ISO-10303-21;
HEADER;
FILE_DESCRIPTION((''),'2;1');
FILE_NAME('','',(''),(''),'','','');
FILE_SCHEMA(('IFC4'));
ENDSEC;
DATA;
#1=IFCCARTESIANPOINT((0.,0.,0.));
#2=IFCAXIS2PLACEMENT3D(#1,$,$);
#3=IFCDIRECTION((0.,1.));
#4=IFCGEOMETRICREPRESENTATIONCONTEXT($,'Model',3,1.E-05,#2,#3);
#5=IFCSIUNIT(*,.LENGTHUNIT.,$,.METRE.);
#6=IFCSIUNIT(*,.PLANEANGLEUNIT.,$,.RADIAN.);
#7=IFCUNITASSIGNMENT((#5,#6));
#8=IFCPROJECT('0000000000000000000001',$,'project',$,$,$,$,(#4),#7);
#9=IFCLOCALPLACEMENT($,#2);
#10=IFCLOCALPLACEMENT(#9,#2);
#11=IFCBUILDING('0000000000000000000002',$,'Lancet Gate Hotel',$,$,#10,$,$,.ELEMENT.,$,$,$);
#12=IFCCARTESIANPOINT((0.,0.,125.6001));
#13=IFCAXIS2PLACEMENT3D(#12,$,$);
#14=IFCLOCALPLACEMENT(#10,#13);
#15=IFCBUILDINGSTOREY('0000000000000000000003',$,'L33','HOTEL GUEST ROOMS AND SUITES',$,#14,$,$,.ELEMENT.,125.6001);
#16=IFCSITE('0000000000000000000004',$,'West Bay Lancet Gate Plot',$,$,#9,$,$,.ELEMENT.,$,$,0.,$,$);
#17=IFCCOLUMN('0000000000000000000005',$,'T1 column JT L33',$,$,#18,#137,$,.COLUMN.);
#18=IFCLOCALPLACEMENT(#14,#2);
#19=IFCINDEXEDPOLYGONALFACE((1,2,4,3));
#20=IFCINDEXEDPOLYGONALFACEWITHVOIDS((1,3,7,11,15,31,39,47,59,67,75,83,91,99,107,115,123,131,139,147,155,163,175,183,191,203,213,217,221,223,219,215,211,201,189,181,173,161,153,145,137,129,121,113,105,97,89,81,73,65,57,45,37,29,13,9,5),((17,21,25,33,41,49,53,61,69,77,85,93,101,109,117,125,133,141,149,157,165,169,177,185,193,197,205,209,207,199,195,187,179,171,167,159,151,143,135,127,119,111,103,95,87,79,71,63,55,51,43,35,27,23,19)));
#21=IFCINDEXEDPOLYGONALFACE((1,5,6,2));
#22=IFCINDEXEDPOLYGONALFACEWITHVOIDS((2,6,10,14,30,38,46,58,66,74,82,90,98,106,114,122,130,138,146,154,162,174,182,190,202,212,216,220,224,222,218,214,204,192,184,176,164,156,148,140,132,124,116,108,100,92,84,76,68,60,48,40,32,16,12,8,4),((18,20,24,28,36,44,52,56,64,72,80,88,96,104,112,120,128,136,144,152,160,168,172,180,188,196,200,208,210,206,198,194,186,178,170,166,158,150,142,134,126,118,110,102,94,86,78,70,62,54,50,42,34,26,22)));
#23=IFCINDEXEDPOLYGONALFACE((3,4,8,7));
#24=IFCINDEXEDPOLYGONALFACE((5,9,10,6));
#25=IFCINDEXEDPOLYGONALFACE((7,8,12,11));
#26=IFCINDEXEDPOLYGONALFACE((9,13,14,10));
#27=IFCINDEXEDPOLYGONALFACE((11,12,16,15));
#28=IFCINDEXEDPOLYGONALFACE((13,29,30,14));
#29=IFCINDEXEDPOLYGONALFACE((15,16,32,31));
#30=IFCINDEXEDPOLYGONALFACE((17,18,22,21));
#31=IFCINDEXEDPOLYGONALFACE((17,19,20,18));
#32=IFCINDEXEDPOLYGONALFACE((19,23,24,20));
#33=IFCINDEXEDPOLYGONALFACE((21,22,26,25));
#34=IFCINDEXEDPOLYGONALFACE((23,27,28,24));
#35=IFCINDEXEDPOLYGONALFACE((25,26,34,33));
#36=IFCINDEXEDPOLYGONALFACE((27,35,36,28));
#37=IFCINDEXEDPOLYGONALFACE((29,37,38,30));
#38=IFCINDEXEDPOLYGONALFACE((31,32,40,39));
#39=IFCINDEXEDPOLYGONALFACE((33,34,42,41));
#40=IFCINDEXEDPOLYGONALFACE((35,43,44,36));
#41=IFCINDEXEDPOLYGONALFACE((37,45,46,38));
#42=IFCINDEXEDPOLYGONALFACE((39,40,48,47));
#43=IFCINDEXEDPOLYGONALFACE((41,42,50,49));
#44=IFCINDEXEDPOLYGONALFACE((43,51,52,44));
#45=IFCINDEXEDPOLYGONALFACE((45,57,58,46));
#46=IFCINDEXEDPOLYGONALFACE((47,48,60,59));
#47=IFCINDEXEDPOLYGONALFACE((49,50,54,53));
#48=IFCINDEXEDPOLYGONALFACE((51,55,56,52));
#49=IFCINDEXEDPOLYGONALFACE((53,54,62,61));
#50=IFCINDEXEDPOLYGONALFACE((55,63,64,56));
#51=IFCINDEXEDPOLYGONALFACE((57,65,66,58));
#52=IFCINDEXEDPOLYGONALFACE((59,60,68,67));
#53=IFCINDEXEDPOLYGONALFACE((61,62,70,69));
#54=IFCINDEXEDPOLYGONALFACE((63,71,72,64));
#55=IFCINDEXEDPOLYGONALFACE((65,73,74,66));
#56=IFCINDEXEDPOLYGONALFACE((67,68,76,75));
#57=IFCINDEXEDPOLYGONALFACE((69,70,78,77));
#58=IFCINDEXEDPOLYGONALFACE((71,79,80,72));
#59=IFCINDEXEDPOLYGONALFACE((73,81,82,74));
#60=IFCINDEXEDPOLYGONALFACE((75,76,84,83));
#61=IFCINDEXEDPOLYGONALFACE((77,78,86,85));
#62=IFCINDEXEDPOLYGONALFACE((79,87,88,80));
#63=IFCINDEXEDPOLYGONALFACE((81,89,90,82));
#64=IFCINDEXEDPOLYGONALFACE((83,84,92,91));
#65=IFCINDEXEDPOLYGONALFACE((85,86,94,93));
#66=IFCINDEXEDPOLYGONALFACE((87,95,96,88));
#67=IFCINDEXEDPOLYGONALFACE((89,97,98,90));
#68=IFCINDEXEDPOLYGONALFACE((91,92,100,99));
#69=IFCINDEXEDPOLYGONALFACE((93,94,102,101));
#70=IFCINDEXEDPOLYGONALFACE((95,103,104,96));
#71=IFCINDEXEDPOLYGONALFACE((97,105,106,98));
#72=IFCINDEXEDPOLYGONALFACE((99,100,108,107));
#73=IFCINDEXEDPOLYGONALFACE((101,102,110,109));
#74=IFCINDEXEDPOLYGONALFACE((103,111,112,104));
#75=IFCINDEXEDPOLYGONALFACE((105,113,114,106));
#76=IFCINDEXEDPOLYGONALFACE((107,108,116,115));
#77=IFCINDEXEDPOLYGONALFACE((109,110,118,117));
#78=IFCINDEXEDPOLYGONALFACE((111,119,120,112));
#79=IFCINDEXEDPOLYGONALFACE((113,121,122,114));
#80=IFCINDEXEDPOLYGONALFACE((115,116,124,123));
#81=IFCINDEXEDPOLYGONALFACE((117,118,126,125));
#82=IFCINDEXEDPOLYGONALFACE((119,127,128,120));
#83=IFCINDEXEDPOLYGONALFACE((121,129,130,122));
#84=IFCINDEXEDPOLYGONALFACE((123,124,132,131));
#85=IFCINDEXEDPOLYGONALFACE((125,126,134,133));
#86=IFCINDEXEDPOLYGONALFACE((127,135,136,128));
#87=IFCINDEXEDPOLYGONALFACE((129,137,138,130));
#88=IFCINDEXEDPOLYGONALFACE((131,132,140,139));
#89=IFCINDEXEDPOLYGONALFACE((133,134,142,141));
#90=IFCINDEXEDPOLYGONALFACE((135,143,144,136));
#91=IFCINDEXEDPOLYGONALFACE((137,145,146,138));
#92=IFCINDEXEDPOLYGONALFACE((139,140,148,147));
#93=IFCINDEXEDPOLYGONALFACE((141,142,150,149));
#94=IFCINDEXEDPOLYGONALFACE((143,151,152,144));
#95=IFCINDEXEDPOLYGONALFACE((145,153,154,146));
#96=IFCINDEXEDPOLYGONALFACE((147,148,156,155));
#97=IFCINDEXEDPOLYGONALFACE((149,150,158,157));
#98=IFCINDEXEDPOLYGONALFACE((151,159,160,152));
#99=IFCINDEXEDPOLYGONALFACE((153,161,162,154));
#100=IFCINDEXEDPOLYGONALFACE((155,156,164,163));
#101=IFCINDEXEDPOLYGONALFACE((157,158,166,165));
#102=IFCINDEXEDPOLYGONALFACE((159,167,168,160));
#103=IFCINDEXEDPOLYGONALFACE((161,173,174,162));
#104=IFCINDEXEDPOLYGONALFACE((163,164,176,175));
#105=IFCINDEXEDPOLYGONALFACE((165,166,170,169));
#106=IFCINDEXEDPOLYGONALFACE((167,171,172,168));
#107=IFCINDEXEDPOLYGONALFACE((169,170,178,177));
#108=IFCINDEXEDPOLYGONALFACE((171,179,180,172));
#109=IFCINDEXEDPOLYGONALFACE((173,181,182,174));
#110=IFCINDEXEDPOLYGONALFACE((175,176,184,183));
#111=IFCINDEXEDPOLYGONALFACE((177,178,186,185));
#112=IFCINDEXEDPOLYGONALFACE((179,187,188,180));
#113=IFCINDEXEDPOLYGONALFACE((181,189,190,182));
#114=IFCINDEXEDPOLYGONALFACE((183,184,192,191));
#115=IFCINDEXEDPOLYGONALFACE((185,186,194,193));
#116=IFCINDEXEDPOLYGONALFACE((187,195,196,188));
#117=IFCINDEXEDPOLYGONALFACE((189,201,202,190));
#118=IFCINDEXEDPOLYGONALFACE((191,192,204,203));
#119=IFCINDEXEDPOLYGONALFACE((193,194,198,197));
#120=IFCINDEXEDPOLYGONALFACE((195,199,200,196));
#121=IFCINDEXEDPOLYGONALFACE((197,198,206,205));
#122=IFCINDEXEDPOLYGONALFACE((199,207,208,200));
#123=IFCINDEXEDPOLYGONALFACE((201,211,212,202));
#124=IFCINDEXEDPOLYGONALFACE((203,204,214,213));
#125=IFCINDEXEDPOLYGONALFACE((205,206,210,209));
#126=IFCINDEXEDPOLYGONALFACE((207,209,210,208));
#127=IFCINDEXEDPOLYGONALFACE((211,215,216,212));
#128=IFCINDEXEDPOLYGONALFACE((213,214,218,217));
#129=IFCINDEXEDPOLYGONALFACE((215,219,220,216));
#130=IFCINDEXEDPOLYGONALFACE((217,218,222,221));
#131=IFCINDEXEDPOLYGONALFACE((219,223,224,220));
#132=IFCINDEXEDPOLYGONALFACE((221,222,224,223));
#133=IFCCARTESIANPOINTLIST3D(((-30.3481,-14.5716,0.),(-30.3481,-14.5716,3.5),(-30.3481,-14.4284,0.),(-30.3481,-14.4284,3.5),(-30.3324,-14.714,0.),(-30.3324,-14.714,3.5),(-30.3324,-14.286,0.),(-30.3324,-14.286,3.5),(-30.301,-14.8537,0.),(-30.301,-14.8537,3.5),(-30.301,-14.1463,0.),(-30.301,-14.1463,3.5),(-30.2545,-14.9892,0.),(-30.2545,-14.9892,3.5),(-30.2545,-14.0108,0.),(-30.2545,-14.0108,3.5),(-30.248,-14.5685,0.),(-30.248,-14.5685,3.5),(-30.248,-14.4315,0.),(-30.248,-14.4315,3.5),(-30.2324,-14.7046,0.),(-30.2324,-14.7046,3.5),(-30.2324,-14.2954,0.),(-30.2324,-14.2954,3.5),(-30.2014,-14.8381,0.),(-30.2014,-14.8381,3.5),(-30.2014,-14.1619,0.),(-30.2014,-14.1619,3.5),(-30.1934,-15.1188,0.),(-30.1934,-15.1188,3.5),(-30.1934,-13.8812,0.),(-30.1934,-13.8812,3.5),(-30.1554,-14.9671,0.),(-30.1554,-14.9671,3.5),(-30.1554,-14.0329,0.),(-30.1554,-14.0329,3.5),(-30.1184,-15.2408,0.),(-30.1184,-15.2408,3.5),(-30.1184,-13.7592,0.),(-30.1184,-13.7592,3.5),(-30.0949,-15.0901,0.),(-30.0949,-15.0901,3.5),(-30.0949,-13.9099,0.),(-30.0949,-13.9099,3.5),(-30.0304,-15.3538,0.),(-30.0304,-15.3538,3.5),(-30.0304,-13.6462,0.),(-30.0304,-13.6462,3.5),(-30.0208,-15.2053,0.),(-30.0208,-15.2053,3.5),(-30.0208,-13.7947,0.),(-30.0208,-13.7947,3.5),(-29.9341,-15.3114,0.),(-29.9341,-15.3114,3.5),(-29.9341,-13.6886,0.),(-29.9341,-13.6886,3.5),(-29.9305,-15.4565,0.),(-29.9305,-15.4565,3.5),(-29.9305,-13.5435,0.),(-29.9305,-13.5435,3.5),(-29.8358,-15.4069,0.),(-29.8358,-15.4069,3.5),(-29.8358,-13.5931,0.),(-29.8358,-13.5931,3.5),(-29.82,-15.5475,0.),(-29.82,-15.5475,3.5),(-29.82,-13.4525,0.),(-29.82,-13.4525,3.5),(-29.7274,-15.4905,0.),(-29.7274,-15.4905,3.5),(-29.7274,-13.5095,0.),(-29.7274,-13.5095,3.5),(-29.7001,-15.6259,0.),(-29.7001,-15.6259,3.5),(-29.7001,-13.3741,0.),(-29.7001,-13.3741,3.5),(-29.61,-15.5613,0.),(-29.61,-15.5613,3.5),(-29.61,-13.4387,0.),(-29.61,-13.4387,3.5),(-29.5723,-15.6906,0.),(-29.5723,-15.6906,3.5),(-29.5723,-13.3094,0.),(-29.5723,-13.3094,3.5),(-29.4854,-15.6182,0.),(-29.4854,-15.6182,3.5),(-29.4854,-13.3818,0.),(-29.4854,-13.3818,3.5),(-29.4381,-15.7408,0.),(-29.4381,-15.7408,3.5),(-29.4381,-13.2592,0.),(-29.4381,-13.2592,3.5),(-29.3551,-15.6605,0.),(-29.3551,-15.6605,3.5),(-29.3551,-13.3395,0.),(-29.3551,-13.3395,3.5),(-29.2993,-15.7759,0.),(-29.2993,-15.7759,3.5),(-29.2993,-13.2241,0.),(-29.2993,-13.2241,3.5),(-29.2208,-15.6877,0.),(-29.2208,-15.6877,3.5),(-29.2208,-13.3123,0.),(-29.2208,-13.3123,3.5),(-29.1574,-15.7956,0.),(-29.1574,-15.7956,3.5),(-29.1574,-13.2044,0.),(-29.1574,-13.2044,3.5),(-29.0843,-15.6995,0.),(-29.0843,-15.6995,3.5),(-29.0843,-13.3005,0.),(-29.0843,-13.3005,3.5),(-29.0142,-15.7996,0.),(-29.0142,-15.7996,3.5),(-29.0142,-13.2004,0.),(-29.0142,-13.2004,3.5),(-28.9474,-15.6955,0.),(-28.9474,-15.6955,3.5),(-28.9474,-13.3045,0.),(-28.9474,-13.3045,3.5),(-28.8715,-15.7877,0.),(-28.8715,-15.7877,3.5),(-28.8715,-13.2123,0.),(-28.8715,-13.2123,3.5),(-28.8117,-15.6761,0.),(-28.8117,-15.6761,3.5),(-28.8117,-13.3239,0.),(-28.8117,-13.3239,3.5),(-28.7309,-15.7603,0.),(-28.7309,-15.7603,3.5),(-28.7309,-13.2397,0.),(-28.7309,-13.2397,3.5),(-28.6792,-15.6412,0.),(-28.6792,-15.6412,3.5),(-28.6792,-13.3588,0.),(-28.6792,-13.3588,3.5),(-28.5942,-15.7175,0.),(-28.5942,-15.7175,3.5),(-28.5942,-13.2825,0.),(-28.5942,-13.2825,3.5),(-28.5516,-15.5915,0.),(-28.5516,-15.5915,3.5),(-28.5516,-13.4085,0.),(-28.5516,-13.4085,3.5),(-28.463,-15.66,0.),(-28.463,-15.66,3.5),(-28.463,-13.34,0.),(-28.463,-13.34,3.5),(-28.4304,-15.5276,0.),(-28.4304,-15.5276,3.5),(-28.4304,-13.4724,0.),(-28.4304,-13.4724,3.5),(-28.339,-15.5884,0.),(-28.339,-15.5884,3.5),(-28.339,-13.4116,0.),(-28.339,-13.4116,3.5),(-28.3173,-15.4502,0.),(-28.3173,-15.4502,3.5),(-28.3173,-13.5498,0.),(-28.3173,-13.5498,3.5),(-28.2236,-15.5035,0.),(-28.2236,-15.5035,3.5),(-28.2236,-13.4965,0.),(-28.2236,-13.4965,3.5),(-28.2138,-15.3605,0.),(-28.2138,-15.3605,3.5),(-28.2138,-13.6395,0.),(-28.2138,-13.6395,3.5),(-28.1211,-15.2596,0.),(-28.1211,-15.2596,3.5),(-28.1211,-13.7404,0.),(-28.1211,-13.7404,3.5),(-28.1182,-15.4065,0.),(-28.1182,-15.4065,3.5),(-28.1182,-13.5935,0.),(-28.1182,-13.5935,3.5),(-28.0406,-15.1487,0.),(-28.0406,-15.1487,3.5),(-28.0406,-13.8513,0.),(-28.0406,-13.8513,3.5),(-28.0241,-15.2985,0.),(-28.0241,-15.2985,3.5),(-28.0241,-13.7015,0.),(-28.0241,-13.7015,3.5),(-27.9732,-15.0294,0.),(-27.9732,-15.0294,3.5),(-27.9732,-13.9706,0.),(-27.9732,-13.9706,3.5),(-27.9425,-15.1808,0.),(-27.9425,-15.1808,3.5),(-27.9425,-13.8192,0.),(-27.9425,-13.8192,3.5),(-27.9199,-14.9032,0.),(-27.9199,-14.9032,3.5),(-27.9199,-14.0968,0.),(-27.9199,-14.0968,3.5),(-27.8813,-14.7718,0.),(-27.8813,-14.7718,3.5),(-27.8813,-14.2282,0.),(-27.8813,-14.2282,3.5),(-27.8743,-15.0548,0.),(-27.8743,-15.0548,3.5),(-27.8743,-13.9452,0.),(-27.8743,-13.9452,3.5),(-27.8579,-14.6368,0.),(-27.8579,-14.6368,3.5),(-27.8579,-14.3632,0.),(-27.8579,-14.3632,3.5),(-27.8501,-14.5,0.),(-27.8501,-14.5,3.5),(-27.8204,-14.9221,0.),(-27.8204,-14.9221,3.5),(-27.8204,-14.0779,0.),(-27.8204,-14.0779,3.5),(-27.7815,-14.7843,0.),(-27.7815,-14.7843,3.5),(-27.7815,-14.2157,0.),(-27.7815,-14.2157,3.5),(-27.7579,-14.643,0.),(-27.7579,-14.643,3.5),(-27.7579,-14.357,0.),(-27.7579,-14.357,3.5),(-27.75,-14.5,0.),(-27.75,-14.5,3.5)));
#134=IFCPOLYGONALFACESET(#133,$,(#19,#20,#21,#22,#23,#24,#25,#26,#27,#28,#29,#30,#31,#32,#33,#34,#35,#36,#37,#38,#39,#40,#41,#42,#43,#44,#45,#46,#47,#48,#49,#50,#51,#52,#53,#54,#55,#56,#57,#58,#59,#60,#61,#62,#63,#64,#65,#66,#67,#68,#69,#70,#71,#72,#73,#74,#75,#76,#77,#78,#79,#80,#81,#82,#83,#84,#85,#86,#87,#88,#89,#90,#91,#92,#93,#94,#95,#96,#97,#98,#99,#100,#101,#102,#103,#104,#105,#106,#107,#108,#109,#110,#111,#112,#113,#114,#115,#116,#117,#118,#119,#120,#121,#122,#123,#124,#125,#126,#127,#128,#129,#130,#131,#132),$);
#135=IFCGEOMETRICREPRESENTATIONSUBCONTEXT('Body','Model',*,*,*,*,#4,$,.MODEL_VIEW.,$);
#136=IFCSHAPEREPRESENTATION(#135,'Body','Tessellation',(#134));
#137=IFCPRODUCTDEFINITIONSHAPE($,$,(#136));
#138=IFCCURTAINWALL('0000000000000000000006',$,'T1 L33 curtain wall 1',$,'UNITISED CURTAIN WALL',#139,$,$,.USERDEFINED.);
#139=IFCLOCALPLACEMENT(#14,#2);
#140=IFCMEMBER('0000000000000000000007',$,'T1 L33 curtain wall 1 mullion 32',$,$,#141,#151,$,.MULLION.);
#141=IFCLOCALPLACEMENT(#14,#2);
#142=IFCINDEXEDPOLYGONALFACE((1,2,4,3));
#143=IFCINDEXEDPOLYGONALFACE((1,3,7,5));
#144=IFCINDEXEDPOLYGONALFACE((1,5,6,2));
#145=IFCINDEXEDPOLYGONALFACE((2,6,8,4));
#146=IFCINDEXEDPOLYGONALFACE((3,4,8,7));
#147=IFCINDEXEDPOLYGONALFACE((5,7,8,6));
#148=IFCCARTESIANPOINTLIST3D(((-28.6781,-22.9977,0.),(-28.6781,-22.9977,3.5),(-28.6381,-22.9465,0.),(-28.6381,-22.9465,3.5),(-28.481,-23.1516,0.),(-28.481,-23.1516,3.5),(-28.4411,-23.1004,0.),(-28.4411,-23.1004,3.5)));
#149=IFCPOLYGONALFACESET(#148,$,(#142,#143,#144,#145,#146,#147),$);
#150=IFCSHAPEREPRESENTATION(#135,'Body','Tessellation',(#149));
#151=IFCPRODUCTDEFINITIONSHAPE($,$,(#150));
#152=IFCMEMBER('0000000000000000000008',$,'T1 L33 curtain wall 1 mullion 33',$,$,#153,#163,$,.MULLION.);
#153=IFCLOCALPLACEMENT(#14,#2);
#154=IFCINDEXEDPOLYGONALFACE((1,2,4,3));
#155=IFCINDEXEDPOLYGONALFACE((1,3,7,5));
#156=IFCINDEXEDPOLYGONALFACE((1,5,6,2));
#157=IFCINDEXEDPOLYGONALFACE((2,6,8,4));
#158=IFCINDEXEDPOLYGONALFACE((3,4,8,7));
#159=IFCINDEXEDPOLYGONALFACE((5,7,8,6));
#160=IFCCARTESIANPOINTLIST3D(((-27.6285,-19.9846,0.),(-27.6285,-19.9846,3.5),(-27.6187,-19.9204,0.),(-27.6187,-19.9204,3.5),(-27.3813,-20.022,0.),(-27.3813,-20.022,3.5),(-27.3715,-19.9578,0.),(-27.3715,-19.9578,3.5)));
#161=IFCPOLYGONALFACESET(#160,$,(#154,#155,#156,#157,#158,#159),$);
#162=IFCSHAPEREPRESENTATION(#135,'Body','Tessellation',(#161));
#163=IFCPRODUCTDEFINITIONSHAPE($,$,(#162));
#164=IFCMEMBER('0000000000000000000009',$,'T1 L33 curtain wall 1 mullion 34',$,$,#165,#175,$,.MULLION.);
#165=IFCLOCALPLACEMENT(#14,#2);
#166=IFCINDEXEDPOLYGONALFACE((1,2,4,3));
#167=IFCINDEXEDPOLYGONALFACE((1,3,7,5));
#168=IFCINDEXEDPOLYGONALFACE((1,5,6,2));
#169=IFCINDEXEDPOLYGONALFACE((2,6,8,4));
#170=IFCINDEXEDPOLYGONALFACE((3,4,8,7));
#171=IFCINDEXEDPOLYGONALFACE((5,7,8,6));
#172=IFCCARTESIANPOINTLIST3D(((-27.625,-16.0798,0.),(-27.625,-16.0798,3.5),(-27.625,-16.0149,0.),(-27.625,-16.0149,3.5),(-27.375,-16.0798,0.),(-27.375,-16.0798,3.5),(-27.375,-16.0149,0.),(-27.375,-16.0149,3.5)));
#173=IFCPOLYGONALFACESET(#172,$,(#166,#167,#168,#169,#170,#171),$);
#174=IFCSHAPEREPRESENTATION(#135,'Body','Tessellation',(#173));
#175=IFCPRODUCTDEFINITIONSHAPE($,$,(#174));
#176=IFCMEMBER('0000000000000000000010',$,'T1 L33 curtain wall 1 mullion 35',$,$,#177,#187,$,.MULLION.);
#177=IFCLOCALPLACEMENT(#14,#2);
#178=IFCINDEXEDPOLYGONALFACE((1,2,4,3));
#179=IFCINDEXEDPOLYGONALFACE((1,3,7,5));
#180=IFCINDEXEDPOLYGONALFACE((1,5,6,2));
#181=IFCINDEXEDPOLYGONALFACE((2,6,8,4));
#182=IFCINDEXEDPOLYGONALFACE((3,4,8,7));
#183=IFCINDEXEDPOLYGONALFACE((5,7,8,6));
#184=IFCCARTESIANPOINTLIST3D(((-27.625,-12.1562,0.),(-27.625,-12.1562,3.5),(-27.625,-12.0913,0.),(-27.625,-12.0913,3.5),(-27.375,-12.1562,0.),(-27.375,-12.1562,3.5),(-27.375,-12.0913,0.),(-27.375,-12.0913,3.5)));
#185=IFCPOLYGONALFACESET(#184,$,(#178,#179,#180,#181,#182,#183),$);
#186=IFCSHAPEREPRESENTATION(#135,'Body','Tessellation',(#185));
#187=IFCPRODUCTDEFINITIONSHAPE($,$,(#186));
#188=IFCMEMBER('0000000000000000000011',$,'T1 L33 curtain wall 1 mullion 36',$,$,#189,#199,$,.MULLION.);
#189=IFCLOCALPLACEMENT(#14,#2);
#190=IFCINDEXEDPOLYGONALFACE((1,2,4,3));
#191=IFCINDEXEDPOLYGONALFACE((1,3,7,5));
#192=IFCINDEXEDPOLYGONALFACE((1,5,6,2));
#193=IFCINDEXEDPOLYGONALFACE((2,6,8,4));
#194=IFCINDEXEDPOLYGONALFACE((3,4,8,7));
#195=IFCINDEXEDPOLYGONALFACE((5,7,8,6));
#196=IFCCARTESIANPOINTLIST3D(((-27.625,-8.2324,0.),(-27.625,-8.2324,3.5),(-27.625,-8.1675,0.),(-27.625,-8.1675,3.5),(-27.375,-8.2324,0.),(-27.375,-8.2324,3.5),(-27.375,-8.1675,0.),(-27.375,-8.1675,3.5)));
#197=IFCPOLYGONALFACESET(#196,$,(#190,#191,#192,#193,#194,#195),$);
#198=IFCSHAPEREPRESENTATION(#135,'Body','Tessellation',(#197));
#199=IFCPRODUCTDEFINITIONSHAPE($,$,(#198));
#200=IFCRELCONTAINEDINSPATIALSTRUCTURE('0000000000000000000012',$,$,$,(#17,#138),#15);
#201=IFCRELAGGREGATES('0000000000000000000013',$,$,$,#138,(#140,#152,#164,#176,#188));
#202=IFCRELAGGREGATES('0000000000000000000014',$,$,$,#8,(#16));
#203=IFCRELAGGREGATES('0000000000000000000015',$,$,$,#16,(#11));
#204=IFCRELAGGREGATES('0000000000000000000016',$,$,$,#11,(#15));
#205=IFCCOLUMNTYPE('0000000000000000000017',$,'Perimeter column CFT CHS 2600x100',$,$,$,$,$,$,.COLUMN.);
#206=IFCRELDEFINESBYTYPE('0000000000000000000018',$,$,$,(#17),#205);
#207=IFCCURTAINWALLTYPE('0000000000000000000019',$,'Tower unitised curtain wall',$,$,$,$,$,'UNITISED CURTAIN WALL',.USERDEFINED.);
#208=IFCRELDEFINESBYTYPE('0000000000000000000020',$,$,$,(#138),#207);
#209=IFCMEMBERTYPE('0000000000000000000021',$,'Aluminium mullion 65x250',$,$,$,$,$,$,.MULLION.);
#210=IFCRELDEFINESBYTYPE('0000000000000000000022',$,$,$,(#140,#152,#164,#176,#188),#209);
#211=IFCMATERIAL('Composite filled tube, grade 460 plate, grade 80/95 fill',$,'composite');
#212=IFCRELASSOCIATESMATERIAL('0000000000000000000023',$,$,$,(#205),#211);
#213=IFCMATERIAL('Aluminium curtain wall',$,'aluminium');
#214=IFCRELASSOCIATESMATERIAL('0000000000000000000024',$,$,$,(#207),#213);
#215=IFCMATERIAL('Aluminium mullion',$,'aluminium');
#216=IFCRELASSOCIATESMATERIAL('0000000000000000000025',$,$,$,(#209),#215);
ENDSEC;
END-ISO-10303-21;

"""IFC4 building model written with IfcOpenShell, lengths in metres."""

from ifc_helpers import new_model, si_unit, direction, frame, origin, origin_2d, place, context, subcontext, project, spatial, rectangle, hollow_circle, extrude, material, material_profile, profile_set, type_object, element, aggregate, save


model = new_model("IFC4")

# Units and contexts
model_context = context("Model", 3, precision=1e-05, world=origin(), true_north=direction((0.0, 1.0)))
body_context = subcontext(model_context, "Body", "Model", "MODEL_VIEW")
ifc_project = project(units=[si_unit("LENGTHUNIT", "METRE"), si_unit("PLANEANGLEUNIT", "RADIAN")], contexts=[model_context])

# Site, building, storey
site_placement = place(None, origin())
site = spatial("IfcSite", under=ifc_project, at=site_placement, Name="West Bay Lancet Gate Plot", CompositionType="ELEMENT", RefElevation=0.0)
building_placement = place(site_placement, origin())
building = spatial("IfcBuilding", under=site, at=building_placement, Name="Lancet Gate Hotel", CompositionType="ELEMENT")
storey_placement = place(building_placement, frame((0.0, 0.0, 125.6001)))
storey = spatial("IfcBuildingStorey", under=building, at=storey_placement, Name="L33", Description="HOTEL GUEST ROOMS AND SUITES", CompositionType="ELEMENT", Elevation=125.6001)

# Column
ifc_material_1 = material(Name="Composite filled tube, grade 460 plate, grade 80/95 fill", Category="composite")
ifc_material_profile_1 = material_profile(ifc_material_1, hollow_circle(Radius=1.3, WallThickness=0.1001, at=origin_2d()), Name="CHS 2600x100")
ifc_profile_set_1 = profile_set([ifc_material_profile_1], Name="Composite filled tube, grade 460 plate, grade 80/95 fill")
column_type = type_object("IfcColumnType", Name="Perimeter column CFT CHS 2600x100", PredefinedType="COLUMN", material=ifc_profile_set_1)
for number, where, z_axis, x_axis, name in (
    (1, (-29.05, -14.5, 0.0), (0.0, 0.0, 1.0), (1.0, 0.0, 0.0), "T1 column JT L33"),
):
    element("IfcColumn", number, at=place(storey_placement, frame(where, z_axis=z_axis, x_axis=x_axis)), inside=storey, type_object=column_type, Name=name, PredefinedType="COLUMN", context=body_context, shape_type="SweptSolid", body=[
        extrude(hollow_circle(Radius=1.3, WallThickness=0.1001, at=origin_2d()), origin(), (0.0, 0.0, 1.0), 3.5),
    ])

# Curtain wall, members
ifc_material_2 = material(Name="Aluminium curtain wall", Category="aluminium")
curtain_wall_type = type_object("IfcCurtainWallType", Name="Tower unitised curtain wall", ElementType="UNITISED CURTAIN WALL", PredefinedType="USERDEFINED", material=ifc_material_2)
curtain_wall_placement = place(storey_placement, origin())
curtain_wall = element("IfcCurtainWall", 2, at=curtain_wall_placement, inside=storey, type_object=curtain_wall_type, Name="T1 L33 curtain wall 1", ObjectType="UNITISED CURTAIN WALL", PredefinedType="USERDEFINED")
ifc_material_3 = material(Name="Aluminium mullion", Category="aluminium")
ifc_material_profile_2 = material_profile(ifc_material_3, rectangle(XDim=0.0649, YDim=0.25, at=origin_2d()), Name="MULLION 65x250")
ifc_profile_set_2 = profile_set([ifc_material_profile_2], Name="Aluminium mullion")
member_type_1 = type_object("IfcMemberType", Name="Aluminium mullion 65x250", PredefinedType="MULLION", material=ifc_profile_set_2)
member_1_placement = place(storey_placement, frame((-28.5596, -23.0491, 0.0), z_axis=(0.0, 0.0, 1.0), x_axis=(0.615574, 0.788079, 0.0)))
member_1 = element("IfcMember", 3, at=member_1_placement, type_object=member_type_1, Name="T1 L33 curtain wall 1 mullion 32", PredefinedType="MULLION", context=body_context, shape_type="SweptSolid", body=[
    extrude(rectangle(XDim=0.0649, YDim=0.25, at=origin_2d()), origin(), (0.0, 0.0, 1.0), 3.5),
])
member_2_placement = place(storey_placement, frame((-27.5, -19.9712, 0.0), z_axis=(0.0, 0.0, 1.0), x_axis=(0.149634, 0.988741, 0.0)))
member_2 = element("IfcMember", 4, at=member_2_placement, type_object=member_type_1, Name="T1 L33 curtain wall 1 mullion 33", PredefinedType="MULLION", context=body_context, shape_type="SweptSolid", body=[
    extrude(rectangle(XDim=0.0649, YDim=0.25, at=origin_2d()), origin(), (0.0, 0.0, 1.0), 3.5),
])
member_3_placement = place(storey_placement, frame((-27.5, -16.0474, 0.0), z_axis=(0.0, 0.0, 1.0), x_axis=(0.0, 1.0, 0.0)))
member_3 = element("IfcMember", 5, at=member_3_placement, type_object=member_type_1, Name="T1 L33 curtain wall 1 mullion 34", PredefinedType="MULLION", context=body_context, shape_type="SweptSolid", body=[
    extrude(rectangle(XDim=0.0649, YDim=0.25, at=origin_2d()), origin(), (0.0, 0.0, 1.0), 3.5),
])
member_4_placement = place(storey_placement, frame((-27.5, -12.1238, 0.0), z_axis=(0.0, 0.0, 1.0), x_axis=(0.0, 1.0, 0.0)))
member_4 = element("IfcMember", 6, at=member_4_placement, type_object=member_type_1, Name="T1 L33 curtain wall 1 mullion 35", PredefinedType="MULLION", context=body_context, shape_type="SweptSolid", body=[
    extrude(rectangle(XDim=0.0649, YDim=0.25, at=origin_2d()), origin(), (0.0, 0.0, 1.0), 3.5),
])
member_5_placement = place(storey_placement, frame((-27.5, -8.2, 0.0), z_axis=(0.0, 0.0, 1.0), x_axis=(0.0, 1.0, 0.0)))
member_5 = element("IfcMember", 7, at=member_5_placement, type_object=member_type_1, Name="T1 L33 curtain wall 1 mullion 36", PredefinedType="MULLION", context=body_context, shape_type="SweptSolid", body=[
    extrude(rectangle(XDim=0.0649, YDim=0.25, at=origin_2d()), origin(), (0.0, 0.0, 1.0), 3.5),
])

aggregate(curtain_wall, [member_1, member_2, member_3, member_4, member_5])

save(model, "model.ifc")
